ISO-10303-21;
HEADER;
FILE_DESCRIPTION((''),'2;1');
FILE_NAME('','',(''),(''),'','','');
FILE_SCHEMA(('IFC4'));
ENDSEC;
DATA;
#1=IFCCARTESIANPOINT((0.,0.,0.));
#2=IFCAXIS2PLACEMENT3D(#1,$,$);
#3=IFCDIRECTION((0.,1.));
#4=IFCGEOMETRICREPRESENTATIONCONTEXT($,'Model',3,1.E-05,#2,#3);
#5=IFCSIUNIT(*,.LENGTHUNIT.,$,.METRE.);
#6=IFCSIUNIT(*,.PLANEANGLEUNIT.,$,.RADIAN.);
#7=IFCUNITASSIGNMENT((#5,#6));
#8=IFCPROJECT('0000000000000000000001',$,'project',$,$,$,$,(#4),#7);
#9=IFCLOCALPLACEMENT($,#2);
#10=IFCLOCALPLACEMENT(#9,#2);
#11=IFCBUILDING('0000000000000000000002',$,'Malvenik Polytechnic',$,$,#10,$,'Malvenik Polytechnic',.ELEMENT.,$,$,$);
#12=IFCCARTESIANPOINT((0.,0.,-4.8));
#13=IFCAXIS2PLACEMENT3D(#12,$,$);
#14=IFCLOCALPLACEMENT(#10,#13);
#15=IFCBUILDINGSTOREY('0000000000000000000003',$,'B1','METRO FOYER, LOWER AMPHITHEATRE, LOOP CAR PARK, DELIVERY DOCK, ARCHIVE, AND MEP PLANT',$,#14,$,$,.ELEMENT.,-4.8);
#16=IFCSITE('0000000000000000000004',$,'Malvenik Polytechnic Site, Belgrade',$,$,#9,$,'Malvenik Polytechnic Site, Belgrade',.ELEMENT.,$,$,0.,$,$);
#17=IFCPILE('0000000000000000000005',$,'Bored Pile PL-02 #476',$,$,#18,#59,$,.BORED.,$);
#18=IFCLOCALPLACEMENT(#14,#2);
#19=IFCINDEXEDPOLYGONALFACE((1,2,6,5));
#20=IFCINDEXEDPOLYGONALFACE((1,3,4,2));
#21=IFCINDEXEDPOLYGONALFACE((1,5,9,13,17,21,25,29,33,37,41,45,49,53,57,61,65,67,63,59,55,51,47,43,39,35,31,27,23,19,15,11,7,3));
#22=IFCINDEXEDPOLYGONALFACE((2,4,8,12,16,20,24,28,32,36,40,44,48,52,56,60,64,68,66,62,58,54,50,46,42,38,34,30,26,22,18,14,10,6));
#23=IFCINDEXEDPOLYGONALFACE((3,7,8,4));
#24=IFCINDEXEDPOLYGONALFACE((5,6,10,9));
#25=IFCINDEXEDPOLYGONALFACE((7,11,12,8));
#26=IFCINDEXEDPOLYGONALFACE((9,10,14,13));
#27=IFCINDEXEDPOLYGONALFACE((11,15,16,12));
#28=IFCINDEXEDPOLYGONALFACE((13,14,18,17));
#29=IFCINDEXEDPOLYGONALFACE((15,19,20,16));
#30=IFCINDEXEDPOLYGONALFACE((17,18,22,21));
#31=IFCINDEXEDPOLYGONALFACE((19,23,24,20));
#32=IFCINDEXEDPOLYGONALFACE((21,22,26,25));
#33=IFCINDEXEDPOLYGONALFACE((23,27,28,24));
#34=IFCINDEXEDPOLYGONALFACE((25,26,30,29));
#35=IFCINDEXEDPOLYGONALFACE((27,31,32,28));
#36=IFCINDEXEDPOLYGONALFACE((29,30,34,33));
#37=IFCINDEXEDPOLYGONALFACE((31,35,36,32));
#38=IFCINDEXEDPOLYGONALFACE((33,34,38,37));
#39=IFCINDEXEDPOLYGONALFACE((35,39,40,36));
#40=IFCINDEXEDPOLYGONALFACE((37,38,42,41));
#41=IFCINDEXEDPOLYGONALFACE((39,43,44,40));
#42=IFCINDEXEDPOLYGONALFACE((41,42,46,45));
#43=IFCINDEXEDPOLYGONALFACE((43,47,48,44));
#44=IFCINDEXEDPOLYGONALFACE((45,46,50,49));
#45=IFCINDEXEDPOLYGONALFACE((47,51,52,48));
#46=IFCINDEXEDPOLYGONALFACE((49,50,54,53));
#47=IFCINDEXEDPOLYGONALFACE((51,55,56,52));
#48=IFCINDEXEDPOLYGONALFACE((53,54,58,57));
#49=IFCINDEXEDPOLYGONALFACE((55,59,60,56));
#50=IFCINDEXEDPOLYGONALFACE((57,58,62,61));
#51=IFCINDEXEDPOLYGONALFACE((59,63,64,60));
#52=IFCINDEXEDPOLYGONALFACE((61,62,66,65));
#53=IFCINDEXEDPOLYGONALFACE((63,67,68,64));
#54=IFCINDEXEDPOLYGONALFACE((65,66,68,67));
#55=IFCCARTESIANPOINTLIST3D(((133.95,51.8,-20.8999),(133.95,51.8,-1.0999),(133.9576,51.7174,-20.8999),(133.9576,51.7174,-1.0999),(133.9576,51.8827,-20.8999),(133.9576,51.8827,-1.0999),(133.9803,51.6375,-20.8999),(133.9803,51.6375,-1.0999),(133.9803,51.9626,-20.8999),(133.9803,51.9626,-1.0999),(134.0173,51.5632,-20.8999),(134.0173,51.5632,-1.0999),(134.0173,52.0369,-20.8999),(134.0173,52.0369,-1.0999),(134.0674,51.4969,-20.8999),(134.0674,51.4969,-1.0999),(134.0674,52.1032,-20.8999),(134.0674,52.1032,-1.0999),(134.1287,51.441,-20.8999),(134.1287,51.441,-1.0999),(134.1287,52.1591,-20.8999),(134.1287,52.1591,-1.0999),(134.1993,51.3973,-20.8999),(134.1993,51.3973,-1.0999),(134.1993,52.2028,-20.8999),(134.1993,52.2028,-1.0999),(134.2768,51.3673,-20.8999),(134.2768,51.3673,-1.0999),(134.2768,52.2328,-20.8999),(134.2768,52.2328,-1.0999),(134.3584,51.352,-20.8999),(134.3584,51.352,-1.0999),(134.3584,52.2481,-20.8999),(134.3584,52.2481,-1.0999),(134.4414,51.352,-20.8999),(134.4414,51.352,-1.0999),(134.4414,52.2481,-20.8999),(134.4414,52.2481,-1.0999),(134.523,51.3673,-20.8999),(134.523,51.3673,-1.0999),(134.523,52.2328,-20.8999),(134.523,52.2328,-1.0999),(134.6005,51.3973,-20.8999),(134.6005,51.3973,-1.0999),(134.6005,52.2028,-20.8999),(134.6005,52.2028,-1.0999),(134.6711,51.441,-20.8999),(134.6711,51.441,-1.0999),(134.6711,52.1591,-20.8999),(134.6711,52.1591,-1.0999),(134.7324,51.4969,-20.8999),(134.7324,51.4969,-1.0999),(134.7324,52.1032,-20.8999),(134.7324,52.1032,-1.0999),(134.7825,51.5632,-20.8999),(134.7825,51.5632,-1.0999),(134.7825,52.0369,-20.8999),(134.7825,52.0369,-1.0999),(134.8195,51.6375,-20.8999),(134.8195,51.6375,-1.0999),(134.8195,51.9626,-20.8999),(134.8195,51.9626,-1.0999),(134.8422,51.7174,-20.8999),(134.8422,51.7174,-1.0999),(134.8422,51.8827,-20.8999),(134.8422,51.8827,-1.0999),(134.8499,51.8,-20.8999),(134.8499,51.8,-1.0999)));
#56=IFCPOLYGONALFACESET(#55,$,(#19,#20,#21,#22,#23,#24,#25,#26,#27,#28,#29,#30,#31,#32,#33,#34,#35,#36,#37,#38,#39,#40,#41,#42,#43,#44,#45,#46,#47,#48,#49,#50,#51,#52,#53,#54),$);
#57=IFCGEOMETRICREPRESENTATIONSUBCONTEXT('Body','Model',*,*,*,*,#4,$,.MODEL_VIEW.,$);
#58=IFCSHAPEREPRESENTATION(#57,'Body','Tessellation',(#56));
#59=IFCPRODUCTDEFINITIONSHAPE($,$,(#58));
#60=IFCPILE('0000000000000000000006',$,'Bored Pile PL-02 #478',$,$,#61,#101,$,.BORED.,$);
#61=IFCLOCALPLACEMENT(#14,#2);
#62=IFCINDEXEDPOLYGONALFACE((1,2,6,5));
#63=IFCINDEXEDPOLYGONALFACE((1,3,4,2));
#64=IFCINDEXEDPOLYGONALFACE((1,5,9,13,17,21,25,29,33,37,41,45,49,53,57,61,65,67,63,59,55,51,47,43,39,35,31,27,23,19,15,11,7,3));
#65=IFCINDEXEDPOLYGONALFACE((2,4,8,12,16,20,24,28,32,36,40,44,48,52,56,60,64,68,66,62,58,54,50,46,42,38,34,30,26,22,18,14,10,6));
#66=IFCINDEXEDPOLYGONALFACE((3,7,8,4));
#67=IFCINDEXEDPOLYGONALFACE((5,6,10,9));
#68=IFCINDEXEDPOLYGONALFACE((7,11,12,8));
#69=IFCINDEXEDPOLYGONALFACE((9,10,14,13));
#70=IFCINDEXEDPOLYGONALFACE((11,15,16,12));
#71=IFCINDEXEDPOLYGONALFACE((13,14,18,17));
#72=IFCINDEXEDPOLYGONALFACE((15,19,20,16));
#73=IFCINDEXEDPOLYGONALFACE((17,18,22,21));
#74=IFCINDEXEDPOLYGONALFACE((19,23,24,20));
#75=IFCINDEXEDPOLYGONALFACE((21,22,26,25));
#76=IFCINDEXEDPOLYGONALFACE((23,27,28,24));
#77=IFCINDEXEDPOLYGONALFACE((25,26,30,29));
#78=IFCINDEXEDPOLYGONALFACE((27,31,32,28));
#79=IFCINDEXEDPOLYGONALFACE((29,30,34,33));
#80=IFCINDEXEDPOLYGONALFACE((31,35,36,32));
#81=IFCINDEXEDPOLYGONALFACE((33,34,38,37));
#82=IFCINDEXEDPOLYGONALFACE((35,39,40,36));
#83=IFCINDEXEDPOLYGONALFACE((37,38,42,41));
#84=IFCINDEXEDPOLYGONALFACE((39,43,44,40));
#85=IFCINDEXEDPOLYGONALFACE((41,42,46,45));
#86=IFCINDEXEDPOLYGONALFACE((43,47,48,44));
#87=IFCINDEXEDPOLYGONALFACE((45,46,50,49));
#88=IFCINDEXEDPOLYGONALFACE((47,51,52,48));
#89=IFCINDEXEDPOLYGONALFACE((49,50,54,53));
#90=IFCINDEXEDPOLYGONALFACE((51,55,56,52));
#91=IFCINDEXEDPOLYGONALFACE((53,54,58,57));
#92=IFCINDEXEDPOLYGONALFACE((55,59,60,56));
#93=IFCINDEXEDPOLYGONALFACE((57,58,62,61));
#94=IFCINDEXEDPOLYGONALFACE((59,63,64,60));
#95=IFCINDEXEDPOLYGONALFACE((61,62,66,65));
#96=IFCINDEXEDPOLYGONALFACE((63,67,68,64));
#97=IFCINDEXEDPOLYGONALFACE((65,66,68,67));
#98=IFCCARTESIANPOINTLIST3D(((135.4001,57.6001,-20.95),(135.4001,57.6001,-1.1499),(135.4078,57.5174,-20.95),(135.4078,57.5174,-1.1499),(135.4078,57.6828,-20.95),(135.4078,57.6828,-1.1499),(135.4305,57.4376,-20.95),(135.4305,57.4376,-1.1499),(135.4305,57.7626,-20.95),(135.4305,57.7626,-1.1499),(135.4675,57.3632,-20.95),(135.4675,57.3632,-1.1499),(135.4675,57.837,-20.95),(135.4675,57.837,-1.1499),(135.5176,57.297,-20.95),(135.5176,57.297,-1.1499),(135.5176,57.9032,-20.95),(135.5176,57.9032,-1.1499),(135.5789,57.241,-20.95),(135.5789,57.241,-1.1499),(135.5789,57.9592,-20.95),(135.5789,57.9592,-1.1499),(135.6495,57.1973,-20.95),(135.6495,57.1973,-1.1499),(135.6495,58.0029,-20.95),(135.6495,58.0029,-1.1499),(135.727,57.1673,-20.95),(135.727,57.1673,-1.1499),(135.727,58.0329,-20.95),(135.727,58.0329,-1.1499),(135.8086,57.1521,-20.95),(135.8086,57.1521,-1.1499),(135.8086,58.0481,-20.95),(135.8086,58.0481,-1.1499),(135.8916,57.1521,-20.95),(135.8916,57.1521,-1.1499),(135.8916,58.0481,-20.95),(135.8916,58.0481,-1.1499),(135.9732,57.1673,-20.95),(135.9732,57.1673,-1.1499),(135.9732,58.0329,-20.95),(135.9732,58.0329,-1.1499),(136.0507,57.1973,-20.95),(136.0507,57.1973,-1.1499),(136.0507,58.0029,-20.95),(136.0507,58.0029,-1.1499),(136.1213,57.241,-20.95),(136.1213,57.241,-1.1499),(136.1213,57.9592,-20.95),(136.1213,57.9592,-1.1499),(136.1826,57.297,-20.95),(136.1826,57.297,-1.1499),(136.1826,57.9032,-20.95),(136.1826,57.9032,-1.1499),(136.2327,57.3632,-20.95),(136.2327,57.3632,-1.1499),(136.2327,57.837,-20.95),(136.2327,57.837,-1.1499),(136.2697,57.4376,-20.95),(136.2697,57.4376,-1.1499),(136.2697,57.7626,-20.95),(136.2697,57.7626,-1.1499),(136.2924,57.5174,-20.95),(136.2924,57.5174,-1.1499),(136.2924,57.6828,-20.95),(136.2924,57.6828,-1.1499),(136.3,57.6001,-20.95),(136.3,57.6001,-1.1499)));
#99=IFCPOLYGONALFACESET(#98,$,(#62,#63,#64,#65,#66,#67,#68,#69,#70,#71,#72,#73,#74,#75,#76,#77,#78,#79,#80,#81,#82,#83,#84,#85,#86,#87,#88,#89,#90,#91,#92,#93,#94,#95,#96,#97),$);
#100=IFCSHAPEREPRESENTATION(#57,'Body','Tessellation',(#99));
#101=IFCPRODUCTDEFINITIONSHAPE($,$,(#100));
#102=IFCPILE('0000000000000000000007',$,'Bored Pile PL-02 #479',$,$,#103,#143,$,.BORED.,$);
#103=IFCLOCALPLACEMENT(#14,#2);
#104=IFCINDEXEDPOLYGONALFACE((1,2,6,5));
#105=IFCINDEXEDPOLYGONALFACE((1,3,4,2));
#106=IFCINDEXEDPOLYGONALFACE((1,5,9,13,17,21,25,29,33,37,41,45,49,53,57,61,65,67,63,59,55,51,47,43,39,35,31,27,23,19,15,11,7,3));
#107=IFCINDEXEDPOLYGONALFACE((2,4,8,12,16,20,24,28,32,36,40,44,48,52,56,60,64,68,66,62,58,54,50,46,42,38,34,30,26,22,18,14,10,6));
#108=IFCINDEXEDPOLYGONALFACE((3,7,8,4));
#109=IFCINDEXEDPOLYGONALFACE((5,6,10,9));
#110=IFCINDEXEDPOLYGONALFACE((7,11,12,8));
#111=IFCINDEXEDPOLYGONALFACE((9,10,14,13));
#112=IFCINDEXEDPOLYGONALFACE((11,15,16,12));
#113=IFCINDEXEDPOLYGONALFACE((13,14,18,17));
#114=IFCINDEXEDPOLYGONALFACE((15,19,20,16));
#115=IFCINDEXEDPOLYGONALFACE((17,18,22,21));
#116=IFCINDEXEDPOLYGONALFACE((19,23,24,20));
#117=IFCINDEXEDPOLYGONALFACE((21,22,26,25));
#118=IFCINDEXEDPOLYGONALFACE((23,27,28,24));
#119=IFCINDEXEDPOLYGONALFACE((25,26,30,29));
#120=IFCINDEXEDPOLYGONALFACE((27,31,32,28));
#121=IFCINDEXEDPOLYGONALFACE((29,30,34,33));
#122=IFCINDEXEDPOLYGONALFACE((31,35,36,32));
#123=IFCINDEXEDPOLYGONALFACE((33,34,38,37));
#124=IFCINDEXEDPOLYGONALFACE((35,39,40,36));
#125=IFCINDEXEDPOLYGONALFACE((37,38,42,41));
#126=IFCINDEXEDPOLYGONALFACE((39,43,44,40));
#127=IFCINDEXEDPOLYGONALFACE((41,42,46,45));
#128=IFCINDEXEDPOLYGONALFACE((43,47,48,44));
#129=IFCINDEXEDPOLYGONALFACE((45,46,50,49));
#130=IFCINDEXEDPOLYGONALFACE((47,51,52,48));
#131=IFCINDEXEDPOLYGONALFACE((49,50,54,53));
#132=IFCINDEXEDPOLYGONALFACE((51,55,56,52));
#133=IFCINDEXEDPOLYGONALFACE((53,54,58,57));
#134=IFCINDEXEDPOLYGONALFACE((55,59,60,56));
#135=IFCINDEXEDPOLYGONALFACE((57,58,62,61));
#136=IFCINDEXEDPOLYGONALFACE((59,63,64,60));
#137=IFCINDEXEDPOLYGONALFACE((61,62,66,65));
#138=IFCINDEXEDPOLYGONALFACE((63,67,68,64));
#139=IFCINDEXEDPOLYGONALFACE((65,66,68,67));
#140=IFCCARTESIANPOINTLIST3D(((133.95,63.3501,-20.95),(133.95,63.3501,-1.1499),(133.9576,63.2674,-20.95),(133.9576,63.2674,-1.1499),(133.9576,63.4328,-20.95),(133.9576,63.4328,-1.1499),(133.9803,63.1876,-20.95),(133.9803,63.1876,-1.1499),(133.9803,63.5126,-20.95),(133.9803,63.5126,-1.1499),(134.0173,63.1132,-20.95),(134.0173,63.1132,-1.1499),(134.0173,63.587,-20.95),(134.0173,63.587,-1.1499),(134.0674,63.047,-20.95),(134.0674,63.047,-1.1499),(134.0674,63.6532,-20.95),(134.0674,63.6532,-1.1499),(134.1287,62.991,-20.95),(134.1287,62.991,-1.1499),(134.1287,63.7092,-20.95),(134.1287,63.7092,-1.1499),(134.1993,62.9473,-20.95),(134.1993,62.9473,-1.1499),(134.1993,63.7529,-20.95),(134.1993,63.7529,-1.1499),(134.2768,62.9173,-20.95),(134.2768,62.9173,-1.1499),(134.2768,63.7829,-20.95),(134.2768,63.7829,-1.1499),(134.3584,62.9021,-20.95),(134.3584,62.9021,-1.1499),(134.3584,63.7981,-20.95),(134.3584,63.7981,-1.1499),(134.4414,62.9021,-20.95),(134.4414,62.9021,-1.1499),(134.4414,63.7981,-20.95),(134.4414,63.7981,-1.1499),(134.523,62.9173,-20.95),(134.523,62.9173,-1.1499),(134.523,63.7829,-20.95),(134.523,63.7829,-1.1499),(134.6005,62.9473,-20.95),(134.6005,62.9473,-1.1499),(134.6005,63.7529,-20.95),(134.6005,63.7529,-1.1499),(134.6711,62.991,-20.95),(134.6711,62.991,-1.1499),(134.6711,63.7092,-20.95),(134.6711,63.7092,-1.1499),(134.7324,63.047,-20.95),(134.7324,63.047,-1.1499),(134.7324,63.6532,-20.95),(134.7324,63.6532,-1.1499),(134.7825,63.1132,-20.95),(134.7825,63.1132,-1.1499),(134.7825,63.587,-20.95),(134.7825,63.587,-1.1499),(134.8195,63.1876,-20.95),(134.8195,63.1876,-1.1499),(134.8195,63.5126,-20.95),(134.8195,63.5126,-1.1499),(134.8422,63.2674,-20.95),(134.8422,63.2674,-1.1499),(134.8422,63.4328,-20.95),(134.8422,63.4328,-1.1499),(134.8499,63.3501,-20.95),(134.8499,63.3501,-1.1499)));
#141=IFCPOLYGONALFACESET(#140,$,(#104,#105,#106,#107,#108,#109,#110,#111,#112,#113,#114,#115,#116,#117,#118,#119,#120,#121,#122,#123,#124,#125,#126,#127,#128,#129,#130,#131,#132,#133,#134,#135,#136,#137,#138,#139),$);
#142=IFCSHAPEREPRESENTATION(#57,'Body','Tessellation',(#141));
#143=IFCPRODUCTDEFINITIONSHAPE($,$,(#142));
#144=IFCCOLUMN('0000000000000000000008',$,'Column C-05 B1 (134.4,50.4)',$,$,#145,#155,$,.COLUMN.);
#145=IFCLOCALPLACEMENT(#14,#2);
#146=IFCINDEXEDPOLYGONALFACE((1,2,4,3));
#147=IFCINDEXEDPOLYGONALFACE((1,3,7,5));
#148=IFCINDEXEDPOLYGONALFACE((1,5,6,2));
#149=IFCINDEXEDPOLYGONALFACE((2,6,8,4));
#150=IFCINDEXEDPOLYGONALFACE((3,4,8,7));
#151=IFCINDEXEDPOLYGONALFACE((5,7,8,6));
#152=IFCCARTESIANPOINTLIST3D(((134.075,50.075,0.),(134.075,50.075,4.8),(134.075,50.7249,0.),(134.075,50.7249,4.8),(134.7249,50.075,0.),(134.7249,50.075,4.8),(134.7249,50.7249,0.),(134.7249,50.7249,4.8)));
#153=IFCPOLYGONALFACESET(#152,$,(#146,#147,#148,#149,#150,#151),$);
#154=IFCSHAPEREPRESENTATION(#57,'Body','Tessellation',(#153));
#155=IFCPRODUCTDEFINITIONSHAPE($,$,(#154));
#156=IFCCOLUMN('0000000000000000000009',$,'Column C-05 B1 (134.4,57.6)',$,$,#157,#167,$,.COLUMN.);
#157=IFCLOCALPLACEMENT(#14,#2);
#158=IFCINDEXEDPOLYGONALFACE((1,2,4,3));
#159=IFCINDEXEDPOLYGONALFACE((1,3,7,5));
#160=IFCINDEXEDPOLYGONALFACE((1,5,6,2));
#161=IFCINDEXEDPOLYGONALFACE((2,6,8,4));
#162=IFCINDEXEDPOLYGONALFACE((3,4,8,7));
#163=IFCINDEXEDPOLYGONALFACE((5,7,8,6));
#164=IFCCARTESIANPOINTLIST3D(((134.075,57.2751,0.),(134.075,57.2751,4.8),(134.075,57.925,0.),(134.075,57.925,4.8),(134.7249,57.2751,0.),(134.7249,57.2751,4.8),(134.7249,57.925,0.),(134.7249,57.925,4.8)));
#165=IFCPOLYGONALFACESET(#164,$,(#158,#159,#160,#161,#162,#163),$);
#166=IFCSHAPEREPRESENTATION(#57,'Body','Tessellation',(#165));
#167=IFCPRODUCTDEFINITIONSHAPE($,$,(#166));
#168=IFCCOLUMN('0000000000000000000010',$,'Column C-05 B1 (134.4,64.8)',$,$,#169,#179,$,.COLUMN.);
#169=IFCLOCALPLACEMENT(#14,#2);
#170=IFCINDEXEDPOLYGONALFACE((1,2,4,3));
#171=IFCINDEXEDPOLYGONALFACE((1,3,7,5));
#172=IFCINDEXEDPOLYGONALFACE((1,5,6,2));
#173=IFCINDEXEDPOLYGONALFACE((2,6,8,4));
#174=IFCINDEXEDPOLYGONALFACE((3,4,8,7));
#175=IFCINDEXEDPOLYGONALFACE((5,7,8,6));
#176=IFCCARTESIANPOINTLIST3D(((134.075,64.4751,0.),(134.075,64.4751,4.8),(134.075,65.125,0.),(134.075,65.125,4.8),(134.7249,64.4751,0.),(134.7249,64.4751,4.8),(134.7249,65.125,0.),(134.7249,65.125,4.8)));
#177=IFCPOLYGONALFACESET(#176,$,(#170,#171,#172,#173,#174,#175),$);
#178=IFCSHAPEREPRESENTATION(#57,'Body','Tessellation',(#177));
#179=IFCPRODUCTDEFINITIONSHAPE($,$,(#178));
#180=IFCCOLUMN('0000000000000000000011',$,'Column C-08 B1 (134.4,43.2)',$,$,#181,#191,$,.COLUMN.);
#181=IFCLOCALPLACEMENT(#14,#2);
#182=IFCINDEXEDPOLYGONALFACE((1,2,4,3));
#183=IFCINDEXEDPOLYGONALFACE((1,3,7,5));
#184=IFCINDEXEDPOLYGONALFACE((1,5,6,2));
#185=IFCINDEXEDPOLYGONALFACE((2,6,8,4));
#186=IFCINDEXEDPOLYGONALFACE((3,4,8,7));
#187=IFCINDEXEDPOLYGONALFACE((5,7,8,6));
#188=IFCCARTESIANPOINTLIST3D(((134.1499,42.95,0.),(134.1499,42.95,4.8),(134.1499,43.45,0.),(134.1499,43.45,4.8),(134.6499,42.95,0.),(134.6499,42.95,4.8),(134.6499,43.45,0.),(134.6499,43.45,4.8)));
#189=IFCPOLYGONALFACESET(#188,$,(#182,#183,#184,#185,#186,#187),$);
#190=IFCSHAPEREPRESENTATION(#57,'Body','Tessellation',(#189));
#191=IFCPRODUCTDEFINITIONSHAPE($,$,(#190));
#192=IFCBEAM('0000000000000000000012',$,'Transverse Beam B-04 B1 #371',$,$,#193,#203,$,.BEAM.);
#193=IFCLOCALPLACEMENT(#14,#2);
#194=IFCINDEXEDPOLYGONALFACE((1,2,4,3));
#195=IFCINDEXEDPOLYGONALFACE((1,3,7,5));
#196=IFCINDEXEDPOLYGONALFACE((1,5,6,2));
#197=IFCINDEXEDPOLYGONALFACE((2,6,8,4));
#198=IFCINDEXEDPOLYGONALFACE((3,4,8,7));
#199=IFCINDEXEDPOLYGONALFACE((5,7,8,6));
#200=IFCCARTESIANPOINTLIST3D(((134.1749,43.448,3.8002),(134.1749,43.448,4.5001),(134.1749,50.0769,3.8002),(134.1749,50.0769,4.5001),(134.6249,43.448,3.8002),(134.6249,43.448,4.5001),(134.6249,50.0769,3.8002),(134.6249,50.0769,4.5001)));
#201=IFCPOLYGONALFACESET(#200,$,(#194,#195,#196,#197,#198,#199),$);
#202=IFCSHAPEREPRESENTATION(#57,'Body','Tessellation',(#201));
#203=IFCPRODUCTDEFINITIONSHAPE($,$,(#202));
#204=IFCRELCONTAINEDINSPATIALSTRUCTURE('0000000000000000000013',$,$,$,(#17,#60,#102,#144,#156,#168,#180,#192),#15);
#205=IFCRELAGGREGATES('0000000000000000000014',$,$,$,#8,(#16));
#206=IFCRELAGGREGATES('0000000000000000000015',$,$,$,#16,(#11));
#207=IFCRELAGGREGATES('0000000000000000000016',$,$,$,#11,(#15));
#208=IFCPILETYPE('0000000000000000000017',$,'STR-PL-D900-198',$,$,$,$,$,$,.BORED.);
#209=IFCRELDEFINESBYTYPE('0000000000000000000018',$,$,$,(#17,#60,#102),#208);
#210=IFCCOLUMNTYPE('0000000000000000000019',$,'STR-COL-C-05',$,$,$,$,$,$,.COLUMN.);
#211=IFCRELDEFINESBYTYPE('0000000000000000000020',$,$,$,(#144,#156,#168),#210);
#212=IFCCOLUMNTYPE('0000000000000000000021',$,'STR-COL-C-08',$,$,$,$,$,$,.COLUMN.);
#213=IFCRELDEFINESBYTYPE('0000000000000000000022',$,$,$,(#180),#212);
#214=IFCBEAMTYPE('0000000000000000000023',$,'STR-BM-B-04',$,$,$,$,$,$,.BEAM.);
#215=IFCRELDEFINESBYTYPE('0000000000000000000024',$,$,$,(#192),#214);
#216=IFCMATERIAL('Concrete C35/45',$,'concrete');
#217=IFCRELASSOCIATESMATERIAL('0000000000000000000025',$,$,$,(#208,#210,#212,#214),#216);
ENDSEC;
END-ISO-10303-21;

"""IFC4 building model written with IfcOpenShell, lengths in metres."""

from ifc_helpers import new_model, si_unit, direction, frame, origin, origin_2d, place, context, subcontext, project, spatial, rectangle, circle, extrude, material, material_profile, profile_set, type_object, element, save


model = new_model("IFC4")

# Units and contexts
model_context = context("Model", 3, precision=1e-05, world=origin(), true_north=direction((0.0, 1.0)))
body_context = subcontext(model_context, "Body", "Model", "MODEL_VIEW")
ifc_project = project(units=[si_unit("LENGTHUNIT", "METRE"), si_unit("PLANEANGLEUNIT", "RADIAN")], contexts=[model_context])

# Site, building, storey
site_placement = place(None, origin())
site = spatial("IfcSite", under=ifc_project, at=site_placement, Name="Malvenik Polytechnic Site, Belgrade", LongName="Malvenik Polytechnic Site, Belgrade", CompositionType="ELEMENT", RefElevation=0.0)
building_placement = place(site_placement, origin())
building = spatial("IfcBuilding", under=site, at=building_placement, Name="Malvenik Polytechnic", LongName="Malvenik Polytechnic", CompositionType="ELEMENT")
storey_placement = place(building_placement, frame((0.0, 0.0, -4.8)))
storey = spatial("IfcBuildingStorey", under=building, at=storey_placement, Name="B1", Description="METRO FOYER, LOWER AMPHITHEATRE, LOOP CAR PARK, DELIVERY DOCK, ARCHIVE, AND MEP PLANT", CompositionType="ELEMENT", Elevation=-4.8)

# Shared definitions
ifc_material = material(Name="Concrete C35/45", Category="concrete")

# Piles
ifc_material_profile_1 = material_profile(ifc_material, circle(Radius=0.45, at=origin_2d()), Name="BORED PILE D900")
ifc_profile_set_1 = profile_set([ifc_material_profile_1], Name="Concrete C35/45")
pile_type_1 = type_object("IfcPileType", Name="STR-PL-D900-198", PredefinedType="BORED", material=ifc_profile_set_1)
for number, where, z_axis, x_axis, name in (
    (1, (134.3999, 51.8, -1.0999), (0.0, 0.0, -1.0), (1.0, 0.0, 0.0), "Bored Pile PL-02 #476"),
    (2, (135.8501, 57.6001, -1.1499), (0.0, 0.0, -1.0), (1.0, 0.0, 0.0), "Bored Pile PL-02 #478"),
    (3, (134.3999, 63.3501, -1.1499), (0.0, 0.0, -1.0), (1.0, 0.0, 0.0), "Bored Pile PL-02 #479"),
):
    element("IfcPile", number, at=place(storey_placement, frame(where, z_axis=z_axis, x_axis=x_axis)), inside=storey, type_object=pile_type_1, Name=name, PredefinedType="BORED", context=body_context, shape_type="SweptSolid", body=[
        extrude(circle(Radius=0.45, at=origin_2d()), origin(), (0.0, 0.0, 1.0), 19.8),
    ])

# Columns
ifc_material_profile_2 = material_profile(ifc_material, rectangle(XDim=0.6499, YDim=0.6499, at=origin_2d()), Name="RC COL 650x650")
ifc_profile_set_2 = profile_set([ifc_material_profile_2], Name="Concrete C35/45")
column_type_1 = type_object("IfcColumnType", Name="STR-COL-C-05", PredefinedType="COLUMN", material=ifc_profile_set_2)
for number, where, z_axis, x_axis, name in (
    (4, (134.3999, 50.3999, 0.0), (0.0, 0.0, 1.0), (1.0, 0.0, 0.0), "Column C-05 B1 (134.4,50.4)"),
    (5, (134.3999, 57.6001, 0.0), (0.0, 0.0, 1.0), (1.0, 0.0, 0.0), "Column C-05 B1 (134.4,57.6)"),
    (6, (134.3999, 64.8, 0.0), (0.0, 0.0, 1.0), (1.0, 0.0, 0.0), "Column C-05 B1 (134.4,64.8)"),
):
    element("IfcColumn", number, at=place(storey_placement, frame(where, z_axis=z_axis, x_axis=x_axis)), inside=storey, type_object=column_type_1, Name=name, PredefinedType="COLUMN", context=body_context, shape_type="SweptSolid", body=[
        extrude(rectangle(XDim=0.6499, YDim=0.6499, at=origin_2d()), origin(), (0.0, 0.0, 1.0), 4.8),
    ])
ifc_material_profile_3 = material_profile(ifc_material, rectangle(XDim=0.5, YDim=0.5, at=origin_2d()), Name="RC COL 500x500")
ifc_profile_set_3 = profile_set([ifc_material_profile_3], Name="Concrete C35/45")
column_type_2 = type_object("IfcColumnType", Name="STR-COL-C-08", PredefinedType="COLUMN", material=ifc_profile_set_3)
column_placement = place(storey_placement, frame((134.3999, 43.2, 0.0), z_axis=(0.0, 0.0, 1.0), x_axis=(1.0, 0.0, 0.0)))
element("IfcColumn", 7, at=column_placement, inside=storey, type_object=column_type_2, Name="Column C-08 B1 (134.4,43.2)", PredefinedType="COLUMN", context=body_context, shape_type="SweptSolid", body=[
    extrude(rectangle(XDim=0.5, YDim=0.5, at=origin_2d()), origin(), (0.0, 0.0, 1.0), 4.8),
])

# Beam
ifc_material_profile_4 = material_profile(ifc_material, rectangle(XDim=0.45, YDim=0.7, at=origin_2d()), Name="RC BM 450x700")
ifc_profile_set_4 = profile_set([ifc_material_profile_4], Name="Concrete C35/45")
beam_type = type_object("IfcBeamType", Name="STR-BM-B-04", PredefinedType="BEAM", material=ifc_profile_set_4)
beam_1_placement = place(storey_placement, frame((134.3999, 43.448, 4.1501), z_axis=(0.0, 1.0, 0.0), x_axis=(-1.0, 0.0, 0.0)))
element("IfcBeam", 8, at=beam_1_placement, inside=storey, type_object=beam_type, Name="Transverse Beam B-04 B1 #371", PredefinedType="BEAM", context=body_context, shape_type="SweptSolid", body=[
    extrude(rectangle(XDim=0.45, YDim=0.7, at=origin_2d()), origin(), (0.0, 0.0, 1.0), 6.6289),
])

save(model, "model.ifc")
